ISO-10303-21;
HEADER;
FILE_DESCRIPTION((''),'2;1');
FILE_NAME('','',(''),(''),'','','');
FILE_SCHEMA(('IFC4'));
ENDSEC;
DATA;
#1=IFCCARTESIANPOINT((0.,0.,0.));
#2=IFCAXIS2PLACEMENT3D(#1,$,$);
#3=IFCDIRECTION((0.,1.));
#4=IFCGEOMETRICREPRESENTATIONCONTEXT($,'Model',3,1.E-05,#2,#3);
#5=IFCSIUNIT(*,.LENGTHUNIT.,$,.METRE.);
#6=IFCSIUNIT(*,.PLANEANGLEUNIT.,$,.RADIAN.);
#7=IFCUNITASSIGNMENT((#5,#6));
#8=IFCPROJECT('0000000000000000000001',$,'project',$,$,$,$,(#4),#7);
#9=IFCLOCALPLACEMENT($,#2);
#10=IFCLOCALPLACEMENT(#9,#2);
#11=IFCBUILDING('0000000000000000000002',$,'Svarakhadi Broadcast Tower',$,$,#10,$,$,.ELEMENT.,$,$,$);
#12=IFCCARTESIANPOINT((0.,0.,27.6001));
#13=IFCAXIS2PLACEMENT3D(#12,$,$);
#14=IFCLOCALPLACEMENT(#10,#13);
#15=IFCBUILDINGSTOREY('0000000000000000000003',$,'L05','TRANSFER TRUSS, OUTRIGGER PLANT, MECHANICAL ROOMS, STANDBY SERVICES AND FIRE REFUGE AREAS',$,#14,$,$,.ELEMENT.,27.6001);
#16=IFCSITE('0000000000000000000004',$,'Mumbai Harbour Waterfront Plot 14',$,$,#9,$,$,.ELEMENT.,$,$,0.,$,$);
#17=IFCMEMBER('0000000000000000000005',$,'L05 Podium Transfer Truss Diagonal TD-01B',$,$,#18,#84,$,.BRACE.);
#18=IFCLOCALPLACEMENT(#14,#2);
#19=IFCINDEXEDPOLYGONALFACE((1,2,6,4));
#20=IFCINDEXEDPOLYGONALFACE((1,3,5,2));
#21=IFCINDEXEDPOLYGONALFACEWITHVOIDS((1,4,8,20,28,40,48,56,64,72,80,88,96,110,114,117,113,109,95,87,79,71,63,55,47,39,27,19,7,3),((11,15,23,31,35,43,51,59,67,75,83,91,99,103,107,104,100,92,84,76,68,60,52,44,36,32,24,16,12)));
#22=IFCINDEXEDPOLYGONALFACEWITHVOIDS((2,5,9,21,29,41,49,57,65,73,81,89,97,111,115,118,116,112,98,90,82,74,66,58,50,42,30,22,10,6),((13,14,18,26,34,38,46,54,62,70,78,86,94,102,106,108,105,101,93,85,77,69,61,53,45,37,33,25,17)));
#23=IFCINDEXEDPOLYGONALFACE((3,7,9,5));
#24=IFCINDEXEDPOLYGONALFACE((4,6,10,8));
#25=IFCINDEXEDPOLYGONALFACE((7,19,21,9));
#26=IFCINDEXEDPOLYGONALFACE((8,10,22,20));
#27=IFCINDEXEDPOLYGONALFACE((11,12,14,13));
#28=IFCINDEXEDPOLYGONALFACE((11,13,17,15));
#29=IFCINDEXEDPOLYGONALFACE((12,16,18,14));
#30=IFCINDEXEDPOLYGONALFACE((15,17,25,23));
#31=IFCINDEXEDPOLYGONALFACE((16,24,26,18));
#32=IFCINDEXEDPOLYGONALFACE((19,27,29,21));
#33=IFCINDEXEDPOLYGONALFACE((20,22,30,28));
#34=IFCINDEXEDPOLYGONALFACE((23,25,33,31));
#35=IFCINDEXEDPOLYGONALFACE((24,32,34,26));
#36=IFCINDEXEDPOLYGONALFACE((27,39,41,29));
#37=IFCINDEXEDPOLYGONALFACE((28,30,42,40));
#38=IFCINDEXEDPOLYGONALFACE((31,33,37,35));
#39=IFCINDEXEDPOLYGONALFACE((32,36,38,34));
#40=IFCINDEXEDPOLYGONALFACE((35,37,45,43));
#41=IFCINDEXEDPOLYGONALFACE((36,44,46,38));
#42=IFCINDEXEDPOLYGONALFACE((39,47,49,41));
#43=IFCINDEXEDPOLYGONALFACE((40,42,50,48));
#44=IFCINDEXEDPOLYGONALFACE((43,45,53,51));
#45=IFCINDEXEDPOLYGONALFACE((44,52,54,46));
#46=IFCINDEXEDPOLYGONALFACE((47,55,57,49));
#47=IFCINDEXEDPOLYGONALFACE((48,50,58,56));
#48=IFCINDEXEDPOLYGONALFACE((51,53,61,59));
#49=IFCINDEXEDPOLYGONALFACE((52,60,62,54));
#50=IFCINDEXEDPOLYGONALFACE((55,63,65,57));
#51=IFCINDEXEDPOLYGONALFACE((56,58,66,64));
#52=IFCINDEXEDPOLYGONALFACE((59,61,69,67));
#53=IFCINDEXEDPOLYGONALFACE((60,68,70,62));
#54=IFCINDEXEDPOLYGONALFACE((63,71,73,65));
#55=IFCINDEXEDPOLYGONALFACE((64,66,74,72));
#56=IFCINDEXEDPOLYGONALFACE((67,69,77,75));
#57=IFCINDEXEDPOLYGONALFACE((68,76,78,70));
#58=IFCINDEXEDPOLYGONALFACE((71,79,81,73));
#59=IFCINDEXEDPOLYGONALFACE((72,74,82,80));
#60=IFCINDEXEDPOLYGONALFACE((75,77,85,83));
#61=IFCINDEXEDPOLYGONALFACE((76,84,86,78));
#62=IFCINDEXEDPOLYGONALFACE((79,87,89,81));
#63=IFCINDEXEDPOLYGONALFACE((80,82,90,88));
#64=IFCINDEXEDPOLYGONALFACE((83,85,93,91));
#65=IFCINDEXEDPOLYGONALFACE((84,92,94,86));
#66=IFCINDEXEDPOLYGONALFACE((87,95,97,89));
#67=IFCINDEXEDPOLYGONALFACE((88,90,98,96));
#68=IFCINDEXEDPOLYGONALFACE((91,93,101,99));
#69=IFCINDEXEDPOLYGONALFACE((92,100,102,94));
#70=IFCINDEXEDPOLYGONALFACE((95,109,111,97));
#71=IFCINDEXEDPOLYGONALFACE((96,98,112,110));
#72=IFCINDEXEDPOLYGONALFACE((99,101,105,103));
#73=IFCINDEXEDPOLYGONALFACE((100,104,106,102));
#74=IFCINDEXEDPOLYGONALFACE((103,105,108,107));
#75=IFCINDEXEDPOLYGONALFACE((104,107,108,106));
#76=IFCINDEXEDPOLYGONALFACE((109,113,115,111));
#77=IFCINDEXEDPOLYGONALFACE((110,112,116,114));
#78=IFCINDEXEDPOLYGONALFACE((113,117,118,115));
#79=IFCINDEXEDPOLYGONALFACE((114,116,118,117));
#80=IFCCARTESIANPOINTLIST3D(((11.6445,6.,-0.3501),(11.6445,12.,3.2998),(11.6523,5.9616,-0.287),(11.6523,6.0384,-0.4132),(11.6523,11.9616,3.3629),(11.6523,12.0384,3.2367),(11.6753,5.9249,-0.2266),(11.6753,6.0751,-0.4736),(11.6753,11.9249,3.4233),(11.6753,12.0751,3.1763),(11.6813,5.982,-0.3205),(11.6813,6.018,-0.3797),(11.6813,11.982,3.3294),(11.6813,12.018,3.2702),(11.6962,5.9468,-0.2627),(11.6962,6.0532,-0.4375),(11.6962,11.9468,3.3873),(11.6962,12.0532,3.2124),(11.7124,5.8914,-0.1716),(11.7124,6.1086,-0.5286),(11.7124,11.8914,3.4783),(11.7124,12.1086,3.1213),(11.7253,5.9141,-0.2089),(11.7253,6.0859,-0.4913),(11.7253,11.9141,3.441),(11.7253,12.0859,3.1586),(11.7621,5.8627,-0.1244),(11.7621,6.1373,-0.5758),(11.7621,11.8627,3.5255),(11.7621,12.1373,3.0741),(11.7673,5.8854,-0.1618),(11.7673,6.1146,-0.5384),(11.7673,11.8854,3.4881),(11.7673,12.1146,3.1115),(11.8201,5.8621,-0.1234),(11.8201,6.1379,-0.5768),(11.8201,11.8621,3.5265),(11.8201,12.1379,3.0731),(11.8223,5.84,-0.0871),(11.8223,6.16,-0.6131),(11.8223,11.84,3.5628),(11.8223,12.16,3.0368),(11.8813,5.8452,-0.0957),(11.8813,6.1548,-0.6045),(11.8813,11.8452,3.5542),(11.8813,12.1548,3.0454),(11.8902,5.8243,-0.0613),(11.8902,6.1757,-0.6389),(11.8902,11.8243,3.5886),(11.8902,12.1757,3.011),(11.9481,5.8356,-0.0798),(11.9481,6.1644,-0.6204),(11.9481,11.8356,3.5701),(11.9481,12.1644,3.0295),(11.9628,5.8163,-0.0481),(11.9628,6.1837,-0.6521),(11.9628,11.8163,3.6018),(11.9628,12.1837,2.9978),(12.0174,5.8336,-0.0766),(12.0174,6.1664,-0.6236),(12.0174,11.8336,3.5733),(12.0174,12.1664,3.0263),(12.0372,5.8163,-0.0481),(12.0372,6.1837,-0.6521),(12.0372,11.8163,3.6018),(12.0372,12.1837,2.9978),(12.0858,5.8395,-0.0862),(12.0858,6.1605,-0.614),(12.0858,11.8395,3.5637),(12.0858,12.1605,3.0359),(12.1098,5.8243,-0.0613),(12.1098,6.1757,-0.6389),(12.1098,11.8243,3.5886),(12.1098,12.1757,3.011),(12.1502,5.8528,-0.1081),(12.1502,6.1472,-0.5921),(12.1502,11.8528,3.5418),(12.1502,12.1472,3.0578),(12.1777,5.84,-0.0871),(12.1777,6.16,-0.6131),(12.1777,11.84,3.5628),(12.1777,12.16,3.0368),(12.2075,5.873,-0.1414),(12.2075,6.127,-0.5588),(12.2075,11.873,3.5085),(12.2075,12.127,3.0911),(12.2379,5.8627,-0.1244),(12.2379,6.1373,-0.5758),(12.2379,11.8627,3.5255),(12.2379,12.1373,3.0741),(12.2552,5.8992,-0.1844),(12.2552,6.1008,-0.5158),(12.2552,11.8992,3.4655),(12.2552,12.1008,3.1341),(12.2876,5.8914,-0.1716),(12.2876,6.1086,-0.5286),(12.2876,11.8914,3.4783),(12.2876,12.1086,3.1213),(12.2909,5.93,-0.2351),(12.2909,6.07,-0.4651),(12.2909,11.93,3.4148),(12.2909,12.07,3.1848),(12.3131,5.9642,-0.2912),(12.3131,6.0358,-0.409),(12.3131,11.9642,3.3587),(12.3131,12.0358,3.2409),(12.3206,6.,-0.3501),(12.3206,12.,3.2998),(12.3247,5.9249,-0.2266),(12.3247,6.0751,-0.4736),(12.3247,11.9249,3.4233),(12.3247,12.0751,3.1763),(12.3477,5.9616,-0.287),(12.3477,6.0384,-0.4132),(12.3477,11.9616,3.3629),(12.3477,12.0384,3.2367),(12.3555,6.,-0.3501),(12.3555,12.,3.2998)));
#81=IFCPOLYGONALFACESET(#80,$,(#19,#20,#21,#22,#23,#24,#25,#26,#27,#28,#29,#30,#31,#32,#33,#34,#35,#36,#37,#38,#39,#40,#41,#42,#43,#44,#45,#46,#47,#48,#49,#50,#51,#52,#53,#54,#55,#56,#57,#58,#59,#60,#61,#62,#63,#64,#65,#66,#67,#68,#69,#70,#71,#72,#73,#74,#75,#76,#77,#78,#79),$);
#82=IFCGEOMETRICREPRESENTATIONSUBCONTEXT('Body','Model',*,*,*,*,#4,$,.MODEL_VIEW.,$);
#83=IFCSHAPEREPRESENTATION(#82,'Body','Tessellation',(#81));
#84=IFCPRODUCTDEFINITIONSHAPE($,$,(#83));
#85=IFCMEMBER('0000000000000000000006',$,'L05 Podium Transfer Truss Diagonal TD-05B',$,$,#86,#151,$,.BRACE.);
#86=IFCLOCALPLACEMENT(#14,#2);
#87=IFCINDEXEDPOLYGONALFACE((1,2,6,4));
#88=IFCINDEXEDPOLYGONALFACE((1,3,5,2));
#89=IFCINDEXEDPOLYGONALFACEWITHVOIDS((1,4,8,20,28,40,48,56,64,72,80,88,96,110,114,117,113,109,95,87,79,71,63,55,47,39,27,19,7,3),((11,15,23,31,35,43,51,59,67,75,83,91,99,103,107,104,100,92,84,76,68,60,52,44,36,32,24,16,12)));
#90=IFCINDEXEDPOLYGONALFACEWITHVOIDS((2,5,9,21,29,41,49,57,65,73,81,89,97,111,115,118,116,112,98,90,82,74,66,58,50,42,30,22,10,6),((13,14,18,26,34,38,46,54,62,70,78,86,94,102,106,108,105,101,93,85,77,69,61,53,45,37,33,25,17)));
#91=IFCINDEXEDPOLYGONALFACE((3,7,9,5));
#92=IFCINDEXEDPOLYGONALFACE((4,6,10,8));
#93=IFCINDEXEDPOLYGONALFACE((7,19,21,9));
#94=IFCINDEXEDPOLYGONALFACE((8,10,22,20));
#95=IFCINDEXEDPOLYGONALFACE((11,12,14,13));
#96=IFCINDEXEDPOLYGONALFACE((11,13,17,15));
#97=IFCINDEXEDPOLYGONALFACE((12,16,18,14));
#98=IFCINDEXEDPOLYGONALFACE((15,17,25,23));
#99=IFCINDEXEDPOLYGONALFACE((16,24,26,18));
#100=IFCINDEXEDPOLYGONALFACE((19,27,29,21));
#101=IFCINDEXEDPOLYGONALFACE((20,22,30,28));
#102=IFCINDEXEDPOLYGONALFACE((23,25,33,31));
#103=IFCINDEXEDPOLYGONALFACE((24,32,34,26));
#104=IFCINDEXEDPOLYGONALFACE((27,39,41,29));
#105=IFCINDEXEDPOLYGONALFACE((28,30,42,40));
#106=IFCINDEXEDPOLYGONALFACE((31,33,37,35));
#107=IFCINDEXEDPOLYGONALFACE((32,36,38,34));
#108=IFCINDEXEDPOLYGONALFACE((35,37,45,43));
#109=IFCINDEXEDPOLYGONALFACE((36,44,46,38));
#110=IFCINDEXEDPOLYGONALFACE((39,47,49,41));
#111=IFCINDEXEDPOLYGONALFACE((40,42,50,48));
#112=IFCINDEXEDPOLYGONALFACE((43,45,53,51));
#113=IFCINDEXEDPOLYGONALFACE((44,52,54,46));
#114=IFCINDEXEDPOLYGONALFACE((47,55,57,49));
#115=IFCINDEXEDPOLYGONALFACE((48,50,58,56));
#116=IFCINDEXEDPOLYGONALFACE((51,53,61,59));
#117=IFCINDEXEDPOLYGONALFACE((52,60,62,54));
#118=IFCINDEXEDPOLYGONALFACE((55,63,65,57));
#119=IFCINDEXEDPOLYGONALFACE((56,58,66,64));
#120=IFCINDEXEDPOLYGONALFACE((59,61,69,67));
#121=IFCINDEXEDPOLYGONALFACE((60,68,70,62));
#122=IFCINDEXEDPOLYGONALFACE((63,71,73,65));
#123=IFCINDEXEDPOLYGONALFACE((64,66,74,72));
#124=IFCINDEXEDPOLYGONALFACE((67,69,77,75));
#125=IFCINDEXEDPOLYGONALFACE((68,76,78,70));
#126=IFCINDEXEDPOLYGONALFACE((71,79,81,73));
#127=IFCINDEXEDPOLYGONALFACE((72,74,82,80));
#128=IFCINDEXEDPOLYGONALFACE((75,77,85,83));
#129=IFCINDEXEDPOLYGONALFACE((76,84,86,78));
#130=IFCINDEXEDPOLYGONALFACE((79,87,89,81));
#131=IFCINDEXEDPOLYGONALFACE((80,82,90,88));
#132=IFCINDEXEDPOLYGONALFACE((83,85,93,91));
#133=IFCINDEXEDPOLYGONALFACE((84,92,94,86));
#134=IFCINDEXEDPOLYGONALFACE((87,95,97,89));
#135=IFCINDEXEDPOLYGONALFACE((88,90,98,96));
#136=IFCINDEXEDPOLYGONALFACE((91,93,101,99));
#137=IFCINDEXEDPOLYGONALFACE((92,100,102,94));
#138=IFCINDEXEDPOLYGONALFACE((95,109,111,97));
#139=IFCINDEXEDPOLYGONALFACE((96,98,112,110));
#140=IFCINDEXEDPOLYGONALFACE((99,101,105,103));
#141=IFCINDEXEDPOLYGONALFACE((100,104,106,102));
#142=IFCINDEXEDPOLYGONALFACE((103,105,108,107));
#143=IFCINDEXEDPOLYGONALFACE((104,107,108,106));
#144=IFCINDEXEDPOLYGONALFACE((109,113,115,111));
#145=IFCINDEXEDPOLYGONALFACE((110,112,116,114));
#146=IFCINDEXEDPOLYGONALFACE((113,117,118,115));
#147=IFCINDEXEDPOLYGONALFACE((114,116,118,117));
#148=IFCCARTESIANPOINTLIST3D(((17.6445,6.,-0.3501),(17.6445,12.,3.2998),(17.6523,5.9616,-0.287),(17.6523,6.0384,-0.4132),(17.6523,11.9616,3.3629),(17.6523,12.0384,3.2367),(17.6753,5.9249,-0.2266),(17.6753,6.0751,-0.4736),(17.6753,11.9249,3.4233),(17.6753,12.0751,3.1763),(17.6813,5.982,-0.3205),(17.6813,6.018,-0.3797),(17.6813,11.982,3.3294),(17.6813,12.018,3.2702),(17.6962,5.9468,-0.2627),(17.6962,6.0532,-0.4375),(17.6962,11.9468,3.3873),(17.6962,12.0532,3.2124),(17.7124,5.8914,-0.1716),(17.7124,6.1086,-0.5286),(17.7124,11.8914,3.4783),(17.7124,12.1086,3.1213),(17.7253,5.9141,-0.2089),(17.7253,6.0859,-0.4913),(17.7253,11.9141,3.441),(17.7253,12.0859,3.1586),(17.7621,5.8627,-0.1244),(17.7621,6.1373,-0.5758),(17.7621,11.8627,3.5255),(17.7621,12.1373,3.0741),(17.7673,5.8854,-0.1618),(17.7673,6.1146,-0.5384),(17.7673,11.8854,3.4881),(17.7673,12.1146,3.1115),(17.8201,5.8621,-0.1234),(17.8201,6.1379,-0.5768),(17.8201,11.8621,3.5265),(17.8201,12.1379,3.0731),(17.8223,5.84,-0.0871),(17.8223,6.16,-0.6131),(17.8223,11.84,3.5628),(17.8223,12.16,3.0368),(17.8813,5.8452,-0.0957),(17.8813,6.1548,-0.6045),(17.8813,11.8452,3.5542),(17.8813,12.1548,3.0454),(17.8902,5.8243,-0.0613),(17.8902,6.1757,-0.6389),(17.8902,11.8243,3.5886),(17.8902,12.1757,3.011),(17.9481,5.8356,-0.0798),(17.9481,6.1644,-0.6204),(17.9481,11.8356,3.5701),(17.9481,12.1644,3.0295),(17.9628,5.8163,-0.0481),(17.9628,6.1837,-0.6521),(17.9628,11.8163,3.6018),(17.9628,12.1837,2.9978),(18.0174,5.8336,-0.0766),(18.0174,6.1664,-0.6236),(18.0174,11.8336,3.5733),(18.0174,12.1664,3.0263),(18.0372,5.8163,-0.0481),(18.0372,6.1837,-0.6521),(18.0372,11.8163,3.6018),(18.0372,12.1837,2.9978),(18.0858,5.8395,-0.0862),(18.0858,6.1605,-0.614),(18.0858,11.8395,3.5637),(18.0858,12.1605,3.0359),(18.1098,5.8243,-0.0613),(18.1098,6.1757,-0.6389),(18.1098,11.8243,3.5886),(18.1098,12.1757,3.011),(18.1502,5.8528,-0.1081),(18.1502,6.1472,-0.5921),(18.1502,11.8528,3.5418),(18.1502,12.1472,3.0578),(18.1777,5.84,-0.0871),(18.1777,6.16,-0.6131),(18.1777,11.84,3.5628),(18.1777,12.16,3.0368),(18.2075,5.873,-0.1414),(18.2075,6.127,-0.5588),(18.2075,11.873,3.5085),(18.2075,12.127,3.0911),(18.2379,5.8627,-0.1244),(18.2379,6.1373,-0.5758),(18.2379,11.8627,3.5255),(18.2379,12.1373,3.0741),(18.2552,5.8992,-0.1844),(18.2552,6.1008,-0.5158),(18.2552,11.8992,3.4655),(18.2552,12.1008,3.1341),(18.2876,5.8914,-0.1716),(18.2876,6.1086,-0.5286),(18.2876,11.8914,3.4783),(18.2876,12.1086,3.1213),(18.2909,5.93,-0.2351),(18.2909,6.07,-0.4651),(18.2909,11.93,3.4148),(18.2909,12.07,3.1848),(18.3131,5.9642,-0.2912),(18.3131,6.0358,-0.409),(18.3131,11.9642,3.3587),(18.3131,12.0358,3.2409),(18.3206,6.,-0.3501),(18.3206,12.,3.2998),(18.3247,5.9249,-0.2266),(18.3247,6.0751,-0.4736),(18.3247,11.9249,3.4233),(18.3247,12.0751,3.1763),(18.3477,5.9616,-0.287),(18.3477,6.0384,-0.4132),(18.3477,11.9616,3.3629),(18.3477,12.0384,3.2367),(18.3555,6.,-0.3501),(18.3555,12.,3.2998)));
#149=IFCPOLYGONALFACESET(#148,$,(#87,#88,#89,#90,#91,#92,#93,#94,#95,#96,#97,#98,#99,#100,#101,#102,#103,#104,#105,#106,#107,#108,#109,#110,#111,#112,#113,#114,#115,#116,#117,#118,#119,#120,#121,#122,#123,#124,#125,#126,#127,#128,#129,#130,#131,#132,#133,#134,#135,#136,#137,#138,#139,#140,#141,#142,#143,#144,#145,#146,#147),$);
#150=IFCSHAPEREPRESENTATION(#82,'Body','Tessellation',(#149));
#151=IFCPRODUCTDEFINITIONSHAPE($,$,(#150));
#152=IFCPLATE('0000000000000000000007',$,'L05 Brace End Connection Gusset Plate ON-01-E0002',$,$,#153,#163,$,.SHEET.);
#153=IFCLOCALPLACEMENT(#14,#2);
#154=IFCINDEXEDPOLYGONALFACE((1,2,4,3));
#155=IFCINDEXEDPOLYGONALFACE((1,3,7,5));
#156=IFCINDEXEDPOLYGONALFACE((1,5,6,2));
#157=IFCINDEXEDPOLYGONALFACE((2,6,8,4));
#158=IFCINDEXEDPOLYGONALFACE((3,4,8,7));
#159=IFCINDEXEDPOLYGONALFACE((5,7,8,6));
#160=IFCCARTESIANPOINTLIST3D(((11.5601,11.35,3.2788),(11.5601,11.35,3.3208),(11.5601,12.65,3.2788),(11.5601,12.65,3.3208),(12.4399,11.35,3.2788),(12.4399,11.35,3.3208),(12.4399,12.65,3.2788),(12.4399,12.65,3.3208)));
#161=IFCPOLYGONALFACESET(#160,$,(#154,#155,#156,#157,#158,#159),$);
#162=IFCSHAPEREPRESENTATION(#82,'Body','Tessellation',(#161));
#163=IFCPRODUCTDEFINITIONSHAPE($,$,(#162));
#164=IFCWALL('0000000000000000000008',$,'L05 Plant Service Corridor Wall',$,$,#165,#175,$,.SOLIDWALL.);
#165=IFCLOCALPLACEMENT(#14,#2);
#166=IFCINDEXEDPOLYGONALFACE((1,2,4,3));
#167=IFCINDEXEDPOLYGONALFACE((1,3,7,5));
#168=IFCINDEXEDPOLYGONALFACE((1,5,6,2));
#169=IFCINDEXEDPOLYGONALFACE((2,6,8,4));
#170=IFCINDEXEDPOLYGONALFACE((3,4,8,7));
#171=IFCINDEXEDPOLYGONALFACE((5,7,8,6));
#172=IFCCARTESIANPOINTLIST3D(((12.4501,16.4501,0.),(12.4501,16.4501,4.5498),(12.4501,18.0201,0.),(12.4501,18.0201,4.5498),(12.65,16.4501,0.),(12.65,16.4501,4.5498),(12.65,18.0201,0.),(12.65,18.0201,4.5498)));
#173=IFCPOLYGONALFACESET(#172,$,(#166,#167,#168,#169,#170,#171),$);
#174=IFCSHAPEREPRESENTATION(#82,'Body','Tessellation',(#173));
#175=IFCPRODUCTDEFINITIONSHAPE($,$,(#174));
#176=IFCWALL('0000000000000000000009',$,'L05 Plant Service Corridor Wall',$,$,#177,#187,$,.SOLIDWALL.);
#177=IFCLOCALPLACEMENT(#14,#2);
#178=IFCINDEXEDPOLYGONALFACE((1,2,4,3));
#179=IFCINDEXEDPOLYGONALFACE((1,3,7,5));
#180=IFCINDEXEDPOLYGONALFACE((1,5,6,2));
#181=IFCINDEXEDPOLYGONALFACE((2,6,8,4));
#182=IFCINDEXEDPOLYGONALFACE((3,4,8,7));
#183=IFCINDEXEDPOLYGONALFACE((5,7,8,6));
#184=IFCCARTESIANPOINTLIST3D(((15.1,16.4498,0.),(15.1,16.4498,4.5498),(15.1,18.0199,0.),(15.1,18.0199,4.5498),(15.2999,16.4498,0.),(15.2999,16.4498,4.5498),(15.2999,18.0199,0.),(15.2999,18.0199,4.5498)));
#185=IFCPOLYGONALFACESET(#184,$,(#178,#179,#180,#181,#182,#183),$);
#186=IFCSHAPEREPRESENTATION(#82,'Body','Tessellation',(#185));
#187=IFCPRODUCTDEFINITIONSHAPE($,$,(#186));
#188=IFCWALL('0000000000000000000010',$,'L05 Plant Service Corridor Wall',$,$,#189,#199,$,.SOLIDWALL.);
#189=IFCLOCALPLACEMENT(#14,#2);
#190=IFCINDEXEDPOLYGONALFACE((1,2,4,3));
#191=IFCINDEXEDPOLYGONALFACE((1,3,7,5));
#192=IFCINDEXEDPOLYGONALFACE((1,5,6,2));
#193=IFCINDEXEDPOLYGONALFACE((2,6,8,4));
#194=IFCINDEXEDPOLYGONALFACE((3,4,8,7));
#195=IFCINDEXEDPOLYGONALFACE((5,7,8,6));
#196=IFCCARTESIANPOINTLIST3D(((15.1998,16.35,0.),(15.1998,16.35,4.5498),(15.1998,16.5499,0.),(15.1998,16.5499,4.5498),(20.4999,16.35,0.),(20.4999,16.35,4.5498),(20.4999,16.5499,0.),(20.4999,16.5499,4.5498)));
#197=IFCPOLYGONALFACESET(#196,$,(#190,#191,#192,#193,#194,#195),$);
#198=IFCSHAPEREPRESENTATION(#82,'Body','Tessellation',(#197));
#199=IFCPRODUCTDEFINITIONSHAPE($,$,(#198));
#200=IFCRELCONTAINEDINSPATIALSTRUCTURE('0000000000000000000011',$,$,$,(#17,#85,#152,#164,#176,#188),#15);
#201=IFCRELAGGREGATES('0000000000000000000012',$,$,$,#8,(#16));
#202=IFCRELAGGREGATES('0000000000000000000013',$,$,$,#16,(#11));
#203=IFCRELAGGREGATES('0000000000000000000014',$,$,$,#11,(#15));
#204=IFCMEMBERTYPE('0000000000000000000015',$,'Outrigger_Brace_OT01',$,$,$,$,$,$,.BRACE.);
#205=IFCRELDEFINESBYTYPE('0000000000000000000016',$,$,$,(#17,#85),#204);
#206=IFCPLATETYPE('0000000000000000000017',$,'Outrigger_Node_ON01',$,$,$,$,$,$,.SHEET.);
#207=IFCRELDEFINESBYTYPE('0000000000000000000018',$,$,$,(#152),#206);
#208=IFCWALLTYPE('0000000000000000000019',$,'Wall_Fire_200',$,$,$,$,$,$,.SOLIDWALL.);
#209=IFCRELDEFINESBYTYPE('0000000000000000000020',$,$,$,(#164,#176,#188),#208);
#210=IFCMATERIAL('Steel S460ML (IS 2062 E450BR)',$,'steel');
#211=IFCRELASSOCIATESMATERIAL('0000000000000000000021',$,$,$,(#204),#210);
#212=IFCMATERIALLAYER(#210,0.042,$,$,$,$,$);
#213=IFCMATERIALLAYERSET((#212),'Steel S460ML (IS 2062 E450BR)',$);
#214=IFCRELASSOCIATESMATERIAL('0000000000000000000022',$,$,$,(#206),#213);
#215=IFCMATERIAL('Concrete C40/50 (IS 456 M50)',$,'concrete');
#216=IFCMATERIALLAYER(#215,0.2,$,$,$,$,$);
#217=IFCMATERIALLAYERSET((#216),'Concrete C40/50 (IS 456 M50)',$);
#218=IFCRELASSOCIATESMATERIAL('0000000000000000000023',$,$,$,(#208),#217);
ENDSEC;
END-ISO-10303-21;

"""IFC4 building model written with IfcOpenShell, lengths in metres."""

from ifc_helpers import new_model, si_unit, direction, frame, frame_2d, origin, origin_2d, place, context, subcontext, project, spatial, rectangle, hollow_circle, extrude, material, layer, layer_set, material_profile, profile_set, type_object, element, save


model = new_model("IFC4")

# Units and contexts
model_context = context("Model", 3, precision=1e-05, world=origin(), true_north=direction((0.0, 1.0)))
body_context = subcontext(model_context, "Body", "Model", "MODEL_VIEW")
ifc_project = project(units=[si_unit("LENGTHUNIT", "METRE"), si_unit("PLANEANGLEUNIT", "RADIAN")], contexts=[model_context])

# Site, building, storey
site_placement = place(None, origin())
site = spatial("IfcSite", under=ifc_project, at=site_placement, Name="Mumbai Harbour Waterfront Plot 14", CompositionType="ELEMENT", RefElevation=0.0)
building_placement = place(site_placement, origin())
building = spatial("IfcBuilding", under=site, at=building_placement, Name="Svarakhadi Broadcast Tower", CompositionType="ELEMENT")
storey_placement = place(building_placement, frame((0.0, 0.0, 27.6001)))
storey = spatial("IfcBuildingStorey", under=building, at=storey_placement, Name="L05", Description="TRANSFER TRUSS, OUTRIGGER PLANT, MECHANICAL ROOMS, STANDBY SERVICES AND FIRE REFUGE AREAS", CompositionType="ELEMENT", Elevation=27.6001)

# Shared definitions
ifc_material_1 = material(Name="Steel S460ML (IS 2062 E450BR)", Category="steel")

# Members
ifc_material_profile_1 = material_profile(ifc_material_1, hollow_circle(Radius=0.3555, WallThickness=0.0349, at=origin_2d()), Name="CHS 711x35")
ifc_profile_set_1 = profile_set([ifc_material_profile_1], Name="Steel S460ML (IS 2062 E450BR)")
member_type = type_object("IfcMemberType", Name="Outrigger_Brace_OT01", PredefinedType="BRACE", material=ifc_profile_set_1)
for number, where, z_axis, x_axis, name in (
    (1, (12.0, 12.0, 3.2998), (0.0, -0.854342, -0.519711), (1.0, 0.0, 0.0), "L05 Podium Transfer Truss Diagonal TD-01B"),
    (2, (18.0, 12.0, 3.2998), (0.0, -0.854342, -0.519711), (1.0, 0.0, 0.0), "L05 Podium Transfer Truss Diagonal TD-05B"),
):
    element("IfcMember", number, at=place(storey_placement, frame(where, z_axis=z_axis, x_axis=x_axis)), inside=storey, type_object=member_type, Name=name, PredefinedType="BRACE", context=body_context, shape_type="SweptSolid", body=[
        extrude(hollow_circle(Radius=0.3555, WallThickness=0.0349, at=origin_2d()), origin(), (0.0, 0.0, 1.0), 7.0229),
    ])

# Plate
ifc_layer_1 = layer(ifc_material_1, 0.042)
ifc_layer_set_1 = layer_set([ifc_layer_1], Name="Steel S460ML (IS 2062 E450BR)")
plate_type = type_object("IfcPlateType", Name="Outrigger_Node_ON01", PredefinedType="SHEET", material=ifc_layer_set_1)
plate_placement = place(storey_placement, frame((12.0, 12.0, 3.2788), z_axis=(0.0, 0.0, 1.0), x_axis=(0.0, 1.0, 0.0)))
element("IfcPlate", 3, at=plate_placement, inside=storey, type_object=plate_type, Name="L05 Brace End Connection Gusset Plate ON-01-E0002", PredefinedType="SHEET", context=body_context, shape_type="SweptSolid", body=[
    extrude(rectangle(XDim=1.3, YDim=0.8799, at=origin_2d()), origin(), (0.0, 0.0, 1.0), 0.042),
])

# Walls
ifc_material_2 = material(Name="Concrete C40/50 (IS 456 M50)", Category="concrete")
ifc_layer_2 = layer(ifc_material_2, 0.2)
ifc_layer_set_2 = layer_set([ifc_layer_2], Name="Concrete C40/50 (IS 456 M50)")
wall_type_1 = type_object("IfcWallType", Name="Wall_Fire_200", PredefinedType="SOLIDWALL", material=ifc_layer_set_2)
for number, where, z_axis, x_axis, name in (
    (4, (12.55, 16.45, 0.0), (0.0, 0.0, 1.0), (0.0, 1.0, 0.0), "L05 Plant Service Corridor Wall"),
    (5, (15.2, 18.02, 0.0), (0.0, 0.0, 1.0), (0.0, -1.0, 0.0), "L05 Plant Service Corridor Wall"),
):
    element("IfcWall", number, at=place(storey_placement, frame(where, z_axis=z_axis, x_axis=x_axis)), inside=storey, type_object=wall_type_1, Name=name, PredefinedType="SOLIDWALL", context=body_context, shape_type="SweptSolid", body=[
        extrude(rectangle(XDim=1.5701, YDim=0.2, at=frame_2d((0.7852, 0.0))), origin(), (0.0, 0.0, 1.0), 4.5498),
    ])
wall_1_placement = place(storey_placement, frame((15.2, 16.45, 0.0), z_axis=(0.0, 0.0, 1.0), x_axis=(1.0, 0.0, 0.0)))
element("IfcWall", 6, at=wall_1_placement, inside=storey, type_object=wall_type_1, Name="L05 Plant Service Corridor Wall", PredefinedType="SOLIDWALL", context=body_context, shape_type="SweptSolid", body=[
    extrude(rectangle(XDim=5.3, YDim=0.2, at=frame_2d((2.6499, 0.0))), origin(), (0.0, 0.0, 1.0), 4.5498),
])

save(model, "model.ifc")
